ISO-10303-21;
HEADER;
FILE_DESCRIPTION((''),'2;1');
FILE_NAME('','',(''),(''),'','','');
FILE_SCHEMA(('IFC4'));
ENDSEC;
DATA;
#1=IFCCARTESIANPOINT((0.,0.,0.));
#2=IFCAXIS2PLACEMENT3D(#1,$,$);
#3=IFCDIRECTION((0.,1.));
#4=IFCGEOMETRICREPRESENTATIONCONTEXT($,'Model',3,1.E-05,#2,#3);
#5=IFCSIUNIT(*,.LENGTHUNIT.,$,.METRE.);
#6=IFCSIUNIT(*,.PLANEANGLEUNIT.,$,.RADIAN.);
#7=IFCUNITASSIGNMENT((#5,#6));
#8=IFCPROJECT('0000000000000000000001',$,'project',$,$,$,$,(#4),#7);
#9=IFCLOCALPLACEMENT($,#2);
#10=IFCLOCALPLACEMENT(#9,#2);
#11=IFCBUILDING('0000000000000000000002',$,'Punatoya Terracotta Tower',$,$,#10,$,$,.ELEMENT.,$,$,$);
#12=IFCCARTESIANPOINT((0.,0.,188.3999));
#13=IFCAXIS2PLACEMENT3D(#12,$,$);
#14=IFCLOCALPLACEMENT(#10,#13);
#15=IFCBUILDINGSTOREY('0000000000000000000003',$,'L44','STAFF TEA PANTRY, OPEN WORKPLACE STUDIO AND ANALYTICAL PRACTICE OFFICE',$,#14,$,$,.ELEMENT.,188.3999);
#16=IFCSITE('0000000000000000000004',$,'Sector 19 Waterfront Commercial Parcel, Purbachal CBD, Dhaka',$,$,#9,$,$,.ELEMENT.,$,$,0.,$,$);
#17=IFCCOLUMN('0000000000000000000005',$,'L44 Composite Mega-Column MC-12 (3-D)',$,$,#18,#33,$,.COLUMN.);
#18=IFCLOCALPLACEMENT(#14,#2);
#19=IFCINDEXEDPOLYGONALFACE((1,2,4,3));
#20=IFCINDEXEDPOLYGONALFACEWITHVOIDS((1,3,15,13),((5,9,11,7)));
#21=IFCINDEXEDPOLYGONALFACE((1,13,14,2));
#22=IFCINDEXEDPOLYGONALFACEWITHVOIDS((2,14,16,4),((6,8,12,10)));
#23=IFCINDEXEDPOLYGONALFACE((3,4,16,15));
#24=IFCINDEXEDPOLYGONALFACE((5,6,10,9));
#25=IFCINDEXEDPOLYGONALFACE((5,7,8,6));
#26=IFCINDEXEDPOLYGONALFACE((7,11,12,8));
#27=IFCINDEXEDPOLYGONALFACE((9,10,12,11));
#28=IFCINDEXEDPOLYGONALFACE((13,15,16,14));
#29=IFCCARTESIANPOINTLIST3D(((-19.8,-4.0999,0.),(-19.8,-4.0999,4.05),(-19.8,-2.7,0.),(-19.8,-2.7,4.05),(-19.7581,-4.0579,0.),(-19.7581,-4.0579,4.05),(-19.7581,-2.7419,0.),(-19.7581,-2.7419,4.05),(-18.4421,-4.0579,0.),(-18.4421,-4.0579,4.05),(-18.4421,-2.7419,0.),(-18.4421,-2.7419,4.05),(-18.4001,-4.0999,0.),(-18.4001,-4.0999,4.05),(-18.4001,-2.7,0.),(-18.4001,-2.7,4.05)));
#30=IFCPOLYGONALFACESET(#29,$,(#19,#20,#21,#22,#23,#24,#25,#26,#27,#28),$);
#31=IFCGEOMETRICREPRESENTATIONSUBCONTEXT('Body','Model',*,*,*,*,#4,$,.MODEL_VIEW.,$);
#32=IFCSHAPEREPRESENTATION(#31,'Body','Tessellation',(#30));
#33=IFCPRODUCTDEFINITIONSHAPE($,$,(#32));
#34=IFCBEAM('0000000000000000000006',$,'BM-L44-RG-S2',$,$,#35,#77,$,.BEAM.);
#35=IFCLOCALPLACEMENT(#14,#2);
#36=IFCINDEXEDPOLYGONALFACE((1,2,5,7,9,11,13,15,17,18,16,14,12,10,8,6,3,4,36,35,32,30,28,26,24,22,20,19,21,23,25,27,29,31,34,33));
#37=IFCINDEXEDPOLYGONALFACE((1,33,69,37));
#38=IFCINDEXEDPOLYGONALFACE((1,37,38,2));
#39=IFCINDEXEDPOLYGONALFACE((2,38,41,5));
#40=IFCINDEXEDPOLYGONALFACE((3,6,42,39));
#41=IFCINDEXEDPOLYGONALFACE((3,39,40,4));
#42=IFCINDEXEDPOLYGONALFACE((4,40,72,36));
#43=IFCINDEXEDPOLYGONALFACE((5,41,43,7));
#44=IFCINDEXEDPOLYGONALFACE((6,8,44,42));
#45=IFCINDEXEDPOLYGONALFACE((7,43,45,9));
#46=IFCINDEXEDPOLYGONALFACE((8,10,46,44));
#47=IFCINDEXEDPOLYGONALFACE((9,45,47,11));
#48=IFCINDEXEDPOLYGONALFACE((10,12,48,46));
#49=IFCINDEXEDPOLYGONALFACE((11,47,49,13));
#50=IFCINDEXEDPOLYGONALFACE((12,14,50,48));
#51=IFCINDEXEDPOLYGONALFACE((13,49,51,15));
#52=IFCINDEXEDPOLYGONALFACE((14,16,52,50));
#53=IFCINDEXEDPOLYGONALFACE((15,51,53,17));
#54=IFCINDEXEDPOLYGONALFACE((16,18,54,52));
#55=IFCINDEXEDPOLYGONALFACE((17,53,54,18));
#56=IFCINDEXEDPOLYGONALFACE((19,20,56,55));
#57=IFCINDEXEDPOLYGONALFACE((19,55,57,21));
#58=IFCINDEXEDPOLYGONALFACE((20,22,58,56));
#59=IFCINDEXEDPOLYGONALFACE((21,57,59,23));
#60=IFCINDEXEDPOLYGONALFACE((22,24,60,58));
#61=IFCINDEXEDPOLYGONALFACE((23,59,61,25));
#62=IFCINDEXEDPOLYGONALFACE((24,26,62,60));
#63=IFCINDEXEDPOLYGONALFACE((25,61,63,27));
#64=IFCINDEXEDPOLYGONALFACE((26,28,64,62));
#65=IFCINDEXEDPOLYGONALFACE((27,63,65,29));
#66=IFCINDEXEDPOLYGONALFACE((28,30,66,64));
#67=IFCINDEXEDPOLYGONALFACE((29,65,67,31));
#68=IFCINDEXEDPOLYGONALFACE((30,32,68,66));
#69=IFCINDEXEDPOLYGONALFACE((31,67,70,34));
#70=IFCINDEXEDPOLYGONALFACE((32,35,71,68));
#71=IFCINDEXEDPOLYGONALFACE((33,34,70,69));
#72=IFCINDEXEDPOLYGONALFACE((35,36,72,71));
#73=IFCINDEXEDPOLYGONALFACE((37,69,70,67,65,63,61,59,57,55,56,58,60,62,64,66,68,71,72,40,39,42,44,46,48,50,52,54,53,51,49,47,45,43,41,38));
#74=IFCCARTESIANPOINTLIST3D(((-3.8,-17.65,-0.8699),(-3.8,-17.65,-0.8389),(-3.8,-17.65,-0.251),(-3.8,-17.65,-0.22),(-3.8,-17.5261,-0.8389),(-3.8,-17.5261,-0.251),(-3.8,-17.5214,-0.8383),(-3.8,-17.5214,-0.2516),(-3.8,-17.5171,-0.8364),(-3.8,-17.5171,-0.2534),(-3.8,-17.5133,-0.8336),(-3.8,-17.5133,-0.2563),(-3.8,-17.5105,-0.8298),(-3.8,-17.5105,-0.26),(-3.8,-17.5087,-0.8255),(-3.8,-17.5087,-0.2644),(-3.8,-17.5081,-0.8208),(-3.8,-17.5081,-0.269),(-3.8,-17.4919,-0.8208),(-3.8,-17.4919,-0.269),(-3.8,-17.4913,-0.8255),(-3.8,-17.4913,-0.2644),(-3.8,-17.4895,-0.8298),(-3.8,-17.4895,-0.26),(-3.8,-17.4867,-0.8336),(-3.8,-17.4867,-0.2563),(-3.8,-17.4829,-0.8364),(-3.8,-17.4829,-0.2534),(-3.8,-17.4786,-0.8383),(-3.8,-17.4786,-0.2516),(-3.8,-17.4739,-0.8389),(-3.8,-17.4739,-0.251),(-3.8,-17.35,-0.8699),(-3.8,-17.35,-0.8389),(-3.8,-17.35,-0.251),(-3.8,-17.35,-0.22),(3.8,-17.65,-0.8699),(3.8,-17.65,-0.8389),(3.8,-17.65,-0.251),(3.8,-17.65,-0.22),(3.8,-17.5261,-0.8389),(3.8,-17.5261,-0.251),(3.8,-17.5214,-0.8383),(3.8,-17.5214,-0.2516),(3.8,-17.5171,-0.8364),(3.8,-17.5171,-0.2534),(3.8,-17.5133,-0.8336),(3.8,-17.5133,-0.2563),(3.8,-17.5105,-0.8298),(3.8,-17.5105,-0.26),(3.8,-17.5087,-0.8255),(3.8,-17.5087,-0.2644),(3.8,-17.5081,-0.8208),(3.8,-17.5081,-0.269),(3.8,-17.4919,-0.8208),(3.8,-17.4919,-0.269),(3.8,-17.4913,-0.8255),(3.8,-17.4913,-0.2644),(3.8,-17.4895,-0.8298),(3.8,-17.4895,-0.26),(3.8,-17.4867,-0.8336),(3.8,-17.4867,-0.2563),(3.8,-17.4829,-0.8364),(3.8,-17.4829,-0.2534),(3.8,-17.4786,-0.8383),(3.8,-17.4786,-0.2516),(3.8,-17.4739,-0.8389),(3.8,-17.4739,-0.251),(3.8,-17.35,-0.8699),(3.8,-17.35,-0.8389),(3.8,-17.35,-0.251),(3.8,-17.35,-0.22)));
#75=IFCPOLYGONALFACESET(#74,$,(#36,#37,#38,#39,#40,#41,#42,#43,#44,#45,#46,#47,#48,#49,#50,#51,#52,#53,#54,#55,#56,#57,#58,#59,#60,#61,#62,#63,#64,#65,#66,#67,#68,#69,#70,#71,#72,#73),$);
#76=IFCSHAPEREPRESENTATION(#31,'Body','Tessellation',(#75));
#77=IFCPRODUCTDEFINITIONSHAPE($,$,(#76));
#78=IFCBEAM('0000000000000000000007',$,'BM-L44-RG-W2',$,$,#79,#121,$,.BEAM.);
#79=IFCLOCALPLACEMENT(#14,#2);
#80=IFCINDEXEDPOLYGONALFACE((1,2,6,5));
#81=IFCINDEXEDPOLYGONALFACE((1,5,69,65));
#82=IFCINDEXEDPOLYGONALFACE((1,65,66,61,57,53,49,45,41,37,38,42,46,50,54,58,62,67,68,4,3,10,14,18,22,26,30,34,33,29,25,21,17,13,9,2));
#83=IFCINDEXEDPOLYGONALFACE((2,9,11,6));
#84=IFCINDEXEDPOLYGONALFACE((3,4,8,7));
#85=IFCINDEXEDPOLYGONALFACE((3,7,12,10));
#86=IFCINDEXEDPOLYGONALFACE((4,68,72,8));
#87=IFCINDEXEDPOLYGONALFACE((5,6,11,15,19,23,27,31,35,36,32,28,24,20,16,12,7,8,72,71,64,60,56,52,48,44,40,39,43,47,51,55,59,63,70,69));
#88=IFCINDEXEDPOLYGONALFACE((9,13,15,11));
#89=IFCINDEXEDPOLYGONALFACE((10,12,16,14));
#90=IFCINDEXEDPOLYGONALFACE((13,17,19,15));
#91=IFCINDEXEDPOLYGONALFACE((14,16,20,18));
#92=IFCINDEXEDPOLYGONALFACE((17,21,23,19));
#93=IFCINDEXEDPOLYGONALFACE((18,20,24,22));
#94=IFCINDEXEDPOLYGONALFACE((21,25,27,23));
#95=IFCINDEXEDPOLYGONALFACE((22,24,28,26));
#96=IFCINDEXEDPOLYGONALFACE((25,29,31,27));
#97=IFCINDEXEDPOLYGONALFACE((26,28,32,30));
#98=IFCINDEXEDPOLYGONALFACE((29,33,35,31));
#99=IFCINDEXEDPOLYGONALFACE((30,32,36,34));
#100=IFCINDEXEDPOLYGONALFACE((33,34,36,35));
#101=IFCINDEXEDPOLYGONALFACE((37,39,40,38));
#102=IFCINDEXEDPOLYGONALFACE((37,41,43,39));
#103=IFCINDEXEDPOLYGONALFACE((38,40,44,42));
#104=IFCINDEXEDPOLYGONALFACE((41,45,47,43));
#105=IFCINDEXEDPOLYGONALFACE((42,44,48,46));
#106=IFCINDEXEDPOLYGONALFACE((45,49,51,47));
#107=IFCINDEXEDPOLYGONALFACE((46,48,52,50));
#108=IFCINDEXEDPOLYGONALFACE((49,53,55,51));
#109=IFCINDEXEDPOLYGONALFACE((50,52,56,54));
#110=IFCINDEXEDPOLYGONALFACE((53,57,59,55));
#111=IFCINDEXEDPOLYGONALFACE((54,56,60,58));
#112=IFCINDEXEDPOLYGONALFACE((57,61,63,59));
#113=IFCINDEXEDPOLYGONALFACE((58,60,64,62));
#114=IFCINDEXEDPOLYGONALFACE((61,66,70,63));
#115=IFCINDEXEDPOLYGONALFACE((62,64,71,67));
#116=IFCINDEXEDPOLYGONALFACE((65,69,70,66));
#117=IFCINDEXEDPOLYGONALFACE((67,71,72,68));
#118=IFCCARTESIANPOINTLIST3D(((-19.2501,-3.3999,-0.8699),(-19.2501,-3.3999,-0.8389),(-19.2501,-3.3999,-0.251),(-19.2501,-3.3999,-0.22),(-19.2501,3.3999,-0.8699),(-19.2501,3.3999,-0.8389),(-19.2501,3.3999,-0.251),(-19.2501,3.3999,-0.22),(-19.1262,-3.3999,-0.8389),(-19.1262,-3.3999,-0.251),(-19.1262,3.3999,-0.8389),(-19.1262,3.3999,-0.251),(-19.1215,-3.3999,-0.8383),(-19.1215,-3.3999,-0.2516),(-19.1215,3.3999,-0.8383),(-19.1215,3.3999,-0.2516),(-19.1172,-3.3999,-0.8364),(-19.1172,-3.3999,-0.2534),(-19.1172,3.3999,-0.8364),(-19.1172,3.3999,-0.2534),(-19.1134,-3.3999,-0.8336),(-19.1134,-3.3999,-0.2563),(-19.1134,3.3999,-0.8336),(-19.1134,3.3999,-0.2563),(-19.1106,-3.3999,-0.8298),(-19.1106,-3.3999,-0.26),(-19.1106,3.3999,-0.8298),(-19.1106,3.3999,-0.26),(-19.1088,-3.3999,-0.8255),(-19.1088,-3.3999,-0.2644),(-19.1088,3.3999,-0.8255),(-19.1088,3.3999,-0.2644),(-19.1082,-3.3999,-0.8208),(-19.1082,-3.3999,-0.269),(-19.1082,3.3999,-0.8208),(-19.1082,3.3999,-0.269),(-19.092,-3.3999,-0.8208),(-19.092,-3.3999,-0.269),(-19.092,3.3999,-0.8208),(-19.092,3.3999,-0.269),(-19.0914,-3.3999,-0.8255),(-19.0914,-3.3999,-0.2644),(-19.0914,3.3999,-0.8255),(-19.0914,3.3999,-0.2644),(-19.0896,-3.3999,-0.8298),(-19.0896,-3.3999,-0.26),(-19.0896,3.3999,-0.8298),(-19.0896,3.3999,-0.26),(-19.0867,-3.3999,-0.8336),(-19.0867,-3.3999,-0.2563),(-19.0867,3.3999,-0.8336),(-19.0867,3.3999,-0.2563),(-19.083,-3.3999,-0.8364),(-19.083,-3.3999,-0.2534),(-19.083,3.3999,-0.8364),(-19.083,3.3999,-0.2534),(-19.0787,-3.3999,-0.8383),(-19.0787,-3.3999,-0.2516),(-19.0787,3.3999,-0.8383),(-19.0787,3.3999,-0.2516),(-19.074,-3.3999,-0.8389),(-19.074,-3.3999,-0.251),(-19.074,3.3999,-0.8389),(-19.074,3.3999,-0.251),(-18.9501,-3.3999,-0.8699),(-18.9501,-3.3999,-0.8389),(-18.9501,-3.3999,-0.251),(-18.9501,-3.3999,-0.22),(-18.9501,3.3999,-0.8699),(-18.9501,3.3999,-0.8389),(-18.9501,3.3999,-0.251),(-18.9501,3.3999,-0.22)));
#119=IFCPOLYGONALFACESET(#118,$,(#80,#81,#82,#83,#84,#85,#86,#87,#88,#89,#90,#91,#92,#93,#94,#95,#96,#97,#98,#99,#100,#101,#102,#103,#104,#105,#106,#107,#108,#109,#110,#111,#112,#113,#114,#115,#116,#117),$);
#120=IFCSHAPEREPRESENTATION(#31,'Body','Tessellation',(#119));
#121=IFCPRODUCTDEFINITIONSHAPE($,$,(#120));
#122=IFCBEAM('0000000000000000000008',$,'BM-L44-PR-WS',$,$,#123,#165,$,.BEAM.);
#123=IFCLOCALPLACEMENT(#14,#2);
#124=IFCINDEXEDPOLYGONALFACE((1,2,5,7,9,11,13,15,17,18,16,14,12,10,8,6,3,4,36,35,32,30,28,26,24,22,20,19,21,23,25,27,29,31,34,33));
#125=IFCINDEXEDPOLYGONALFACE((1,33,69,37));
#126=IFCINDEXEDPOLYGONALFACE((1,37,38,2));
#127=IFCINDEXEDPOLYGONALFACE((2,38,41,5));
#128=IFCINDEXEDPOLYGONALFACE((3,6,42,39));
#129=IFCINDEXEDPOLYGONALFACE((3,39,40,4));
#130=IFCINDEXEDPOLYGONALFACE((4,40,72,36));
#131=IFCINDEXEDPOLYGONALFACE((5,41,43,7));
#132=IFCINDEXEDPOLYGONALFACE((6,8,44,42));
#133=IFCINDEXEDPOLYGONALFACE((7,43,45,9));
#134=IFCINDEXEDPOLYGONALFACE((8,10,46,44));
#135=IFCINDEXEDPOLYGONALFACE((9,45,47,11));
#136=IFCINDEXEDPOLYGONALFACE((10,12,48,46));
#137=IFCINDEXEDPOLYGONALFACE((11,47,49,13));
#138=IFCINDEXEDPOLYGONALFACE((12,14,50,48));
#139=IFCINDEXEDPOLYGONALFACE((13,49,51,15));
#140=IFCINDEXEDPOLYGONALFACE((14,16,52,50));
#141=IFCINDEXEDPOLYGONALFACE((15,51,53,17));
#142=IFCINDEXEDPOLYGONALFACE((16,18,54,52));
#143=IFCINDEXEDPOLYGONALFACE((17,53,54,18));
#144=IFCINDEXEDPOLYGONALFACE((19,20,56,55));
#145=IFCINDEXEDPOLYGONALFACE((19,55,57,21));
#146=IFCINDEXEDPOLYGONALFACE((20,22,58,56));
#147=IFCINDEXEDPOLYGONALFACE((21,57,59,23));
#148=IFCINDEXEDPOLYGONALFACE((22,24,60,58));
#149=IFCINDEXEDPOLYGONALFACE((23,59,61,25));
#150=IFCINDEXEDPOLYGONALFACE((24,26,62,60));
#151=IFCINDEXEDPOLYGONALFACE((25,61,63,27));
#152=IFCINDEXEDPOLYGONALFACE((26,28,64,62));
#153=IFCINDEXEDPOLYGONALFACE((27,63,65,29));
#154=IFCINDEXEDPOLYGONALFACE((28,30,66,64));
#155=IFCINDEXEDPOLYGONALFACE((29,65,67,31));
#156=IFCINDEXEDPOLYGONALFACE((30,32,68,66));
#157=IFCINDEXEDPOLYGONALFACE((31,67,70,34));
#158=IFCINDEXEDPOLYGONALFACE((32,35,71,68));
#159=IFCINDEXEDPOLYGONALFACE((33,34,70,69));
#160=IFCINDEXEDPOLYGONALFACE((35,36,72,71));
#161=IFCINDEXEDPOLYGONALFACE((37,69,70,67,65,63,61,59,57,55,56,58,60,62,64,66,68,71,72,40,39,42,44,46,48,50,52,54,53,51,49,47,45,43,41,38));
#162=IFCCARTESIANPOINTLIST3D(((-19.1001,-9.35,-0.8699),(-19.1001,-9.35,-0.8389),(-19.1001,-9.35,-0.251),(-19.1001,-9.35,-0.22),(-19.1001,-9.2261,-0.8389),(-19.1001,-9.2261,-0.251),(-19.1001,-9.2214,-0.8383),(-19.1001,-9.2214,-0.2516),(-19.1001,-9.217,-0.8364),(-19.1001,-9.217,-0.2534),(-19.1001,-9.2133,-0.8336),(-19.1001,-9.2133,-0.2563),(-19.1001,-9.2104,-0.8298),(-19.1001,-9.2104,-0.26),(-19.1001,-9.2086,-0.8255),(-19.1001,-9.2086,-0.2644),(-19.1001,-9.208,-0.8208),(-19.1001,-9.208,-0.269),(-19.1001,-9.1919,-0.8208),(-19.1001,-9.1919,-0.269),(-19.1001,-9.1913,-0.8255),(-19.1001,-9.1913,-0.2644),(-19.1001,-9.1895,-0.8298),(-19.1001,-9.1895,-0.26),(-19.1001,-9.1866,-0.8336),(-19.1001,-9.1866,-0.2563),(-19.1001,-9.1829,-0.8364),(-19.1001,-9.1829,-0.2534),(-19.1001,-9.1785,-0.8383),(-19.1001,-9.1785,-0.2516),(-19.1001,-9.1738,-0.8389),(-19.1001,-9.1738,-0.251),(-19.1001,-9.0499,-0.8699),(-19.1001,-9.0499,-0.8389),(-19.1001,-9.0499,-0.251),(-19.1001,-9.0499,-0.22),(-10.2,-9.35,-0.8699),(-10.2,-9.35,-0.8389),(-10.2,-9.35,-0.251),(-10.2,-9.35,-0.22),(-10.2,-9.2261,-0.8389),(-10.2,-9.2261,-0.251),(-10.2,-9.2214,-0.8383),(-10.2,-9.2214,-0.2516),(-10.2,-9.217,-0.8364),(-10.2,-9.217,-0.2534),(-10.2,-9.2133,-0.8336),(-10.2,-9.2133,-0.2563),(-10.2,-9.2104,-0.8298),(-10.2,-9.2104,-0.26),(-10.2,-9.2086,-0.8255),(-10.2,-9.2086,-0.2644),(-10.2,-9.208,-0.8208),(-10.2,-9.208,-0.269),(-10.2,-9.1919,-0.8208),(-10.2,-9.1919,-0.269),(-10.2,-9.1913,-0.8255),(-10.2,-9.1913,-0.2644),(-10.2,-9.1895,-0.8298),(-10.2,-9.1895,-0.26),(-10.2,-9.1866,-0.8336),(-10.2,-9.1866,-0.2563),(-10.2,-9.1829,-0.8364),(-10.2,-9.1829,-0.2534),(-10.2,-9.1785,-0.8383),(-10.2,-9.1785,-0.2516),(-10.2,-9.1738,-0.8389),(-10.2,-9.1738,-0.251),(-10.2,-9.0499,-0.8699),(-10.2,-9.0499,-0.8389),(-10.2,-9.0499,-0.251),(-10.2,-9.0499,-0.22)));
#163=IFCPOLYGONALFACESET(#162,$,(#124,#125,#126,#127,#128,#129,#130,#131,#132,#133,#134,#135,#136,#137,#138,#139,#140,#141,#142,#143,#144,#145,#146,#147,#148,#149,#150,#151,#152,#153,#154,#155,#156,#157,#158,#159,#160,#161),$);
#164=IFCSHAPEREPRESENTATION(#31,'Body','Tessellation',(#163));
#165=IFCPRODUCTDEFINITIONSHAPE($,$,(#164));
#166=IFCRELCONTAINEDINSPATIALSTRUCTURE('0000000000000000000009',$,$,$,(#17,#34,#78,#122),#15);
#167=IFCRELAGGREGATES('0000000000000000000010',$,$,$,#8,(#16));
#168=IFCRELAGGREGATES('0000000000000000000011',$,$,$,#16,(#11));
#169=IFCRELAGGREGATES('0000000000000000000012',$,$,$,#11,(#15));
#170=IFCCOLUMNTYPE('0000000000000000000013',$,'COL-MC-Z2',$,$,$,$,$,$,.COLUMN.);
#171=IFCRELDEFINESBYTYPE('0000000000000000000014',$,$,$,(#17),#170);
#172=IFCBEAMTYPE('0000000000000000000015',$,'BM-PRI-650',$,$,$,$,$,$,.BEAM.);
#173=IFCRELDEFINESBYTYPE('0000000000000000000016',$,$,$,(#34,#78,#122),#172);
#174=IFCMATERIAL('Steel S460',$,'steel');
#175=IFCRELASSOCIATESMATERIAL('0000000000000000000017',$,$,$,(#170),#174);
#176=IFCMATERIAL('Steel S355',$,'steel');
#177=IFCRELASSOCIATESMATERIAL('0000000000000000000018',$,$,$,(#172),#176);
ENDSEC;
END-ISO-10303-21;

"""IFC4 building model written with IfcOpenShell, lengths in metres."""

from ifc_helpers import new_model, si_unit, direction, frame, origin, origin_2d, place, context, subcontext, project, spatial, hollow_rectangle, i_section, extrude, material, material_profile, profile_set, type_object, element, save


model = new_model("IFC4")

# Units and contexts
model_context = context("Model", 3, precision=1e-05, world=origin(), true_north=direction((0.0, 1.0)))
body_context = subcontext(model_context, "Body", "Model", "MODEL_VIEW")
ifc_project = project(units=[si_unit("LENGTHUNIT", "METRE"), si_unit("PLANEANGLEUNIT", "RADIAN")], contexts=[model_context])

# Site, building, storey
site_placement = place(None, origin())
site = spatial("IfcSite", under=ifc_project, at=site_placement, Name="Sector 19 Waterfront Commercial Parcel, Purbachal CBD, Dhaka", CompositionType="ELEMENT", RefElevation=0.0)
building_placement = place(site_placement, origin())
building = spatial("IfcBuilding", under=site, at=building_placement, Name="Punatoya Terracotta Tower", CompositionType="ELEMENT")
storey_placement = place(building_placement, frame((0.0, 0.0, 188.3999)))
storey = spatial("IfcBuildingStorey", under=building, at=storey_placement, Name="L44", Description="STAFF TEA PANTRY, OPEN WORKPLACE STUDIO AND ANALYTICAL PRACTICE OFFICE", CompositionType="ELEMENT", Elevation=188.3999)

# Column
ifc_material_1 = material(Name="Steel S460", Category="steel")
ifc_material_profile_1 = material_profile(ifc_material_1, hollow_rectangle(XDim=1.3999, YDim=1.3999, WallThickness=0.042, at=origin_2d()))
ifc_profile_set_1 = profile_set([ifc_material_profile_1], Name="Steel S460")
column_type = type_object("IfcColumnType", Name="COL-MC-Z2", PredefinedType="COLUMN", material=ifc_profile_set_1)
column_placement = place(storey_placement, frame((-19.1001, -3.3999, 0.0), z_axis=(0.0, 0.0, 1.0), x_axis=(1.0, 0.0, 0.0)))
element("IfcColumn", 1, at=column_placement, inside=storey, type_object=column_type, Name="L44 Composite Mega-Column MC-12 (3-D)", PredefinedType="COLUMN", context=body_context, shape_type="SweptSolid", body=[
    extrude(hollow_rectangle(XDim=1.3999, YDim=1.3999, WallThickness=0.042, at=origin_2d()), origin(), (0.0, 0.0, 1.0), 4.05),
])

# Beams
ifc_material_2 = material(Name="Steel S355", Category="steel")
ifc_material_profile_2 = material_profile(ifc_material_2, i_section(OverallWidth=0.3, OverallDepth=0.6499, WebThickness=0.0161, FlangeThickness=0.031, FilletRadius=0.0181, at=origin_2d()))
ifc_profile_set_2 = profile_set([ifc_material_profile_2], Name="Steel S355")
beam_type_1 = type_object("IfcBeamType", Name="BM-PRI-650", PredefinedType="BEAM", material=ifc_profile_set_2)
beam_1_placement = place(storey_placement, frame((-3.8, -17.5, -0.5449), z_axis=(1.0, 0.0, 0.0), x_axis=(0.0, 1.0, 0.0)))
element("IfcBeam", 2, at=beam_1_placement, inside=storey, type_object=beam_type_1, Name="BM-L44-RG-S2", PredefinedType="BEAM", context=body_context, shape_type="SweptSolid", body=[
    extrude(i_section(OverallWidth=0.3, OverallDepth=0.6499, WebThickness=0.0161, FlangeThickness=0.031, FilletRadius=0.0181, at=origin_2d()), origin(), (0.0, 0.0, 1.0), 7.6001),
])
beam_2_placement = place(storey_placement, frame((-19.1001, -3.3999, -0.5449), z_axis=(0.0, 1.0, 0.0), x_axis=(-1.0, 0.0, 0.0)))
element("IfcBeam", 3, at=beam_2_placement, inside=storey, type_object=beam_type_1, Name="BM-L44-RG-W2", PredefinedType="BEAM", context=body_context, shape_type="SweptSolid", body=[
    extrude(i_section(OverallWidth=0.3, OverallDepth=0.6499, WebThickness=0.0161, FlangeThickness=0.031, FilletRadius=0.0181, at=origin_2d()), origin(), (0.0, 0.0, 1.0), 6.7998),
])
for number, where, z_axis, x_axis, name in (
    (4, (-19.1001, -9.2, -0.5449), (1.0, 0.0, 0.0), (0.0, 1.0, 0.0), "BM-L44-PR-WS"),
):
    element("IfcBeam", number, at=place(storey_placement, frame(where, z_axis=z_axis, x_axis=x_axis)), inside=storey, type_object=beam_type_1, Name=name, PredefinedType="BEAM", context=body_context, shape_type="SweptSolid", body=[
        extrude(i_section(OverallWidth=0.3, OverallDepth=0.6499, WebThickness=0.0161, FlangeThickness=0.031, FilletRadius=0.0181, at=origin_2d()), origin(), (0.0, 0.0, 1.0), 8.9001),
    ])

save(model, "model.ifc")
